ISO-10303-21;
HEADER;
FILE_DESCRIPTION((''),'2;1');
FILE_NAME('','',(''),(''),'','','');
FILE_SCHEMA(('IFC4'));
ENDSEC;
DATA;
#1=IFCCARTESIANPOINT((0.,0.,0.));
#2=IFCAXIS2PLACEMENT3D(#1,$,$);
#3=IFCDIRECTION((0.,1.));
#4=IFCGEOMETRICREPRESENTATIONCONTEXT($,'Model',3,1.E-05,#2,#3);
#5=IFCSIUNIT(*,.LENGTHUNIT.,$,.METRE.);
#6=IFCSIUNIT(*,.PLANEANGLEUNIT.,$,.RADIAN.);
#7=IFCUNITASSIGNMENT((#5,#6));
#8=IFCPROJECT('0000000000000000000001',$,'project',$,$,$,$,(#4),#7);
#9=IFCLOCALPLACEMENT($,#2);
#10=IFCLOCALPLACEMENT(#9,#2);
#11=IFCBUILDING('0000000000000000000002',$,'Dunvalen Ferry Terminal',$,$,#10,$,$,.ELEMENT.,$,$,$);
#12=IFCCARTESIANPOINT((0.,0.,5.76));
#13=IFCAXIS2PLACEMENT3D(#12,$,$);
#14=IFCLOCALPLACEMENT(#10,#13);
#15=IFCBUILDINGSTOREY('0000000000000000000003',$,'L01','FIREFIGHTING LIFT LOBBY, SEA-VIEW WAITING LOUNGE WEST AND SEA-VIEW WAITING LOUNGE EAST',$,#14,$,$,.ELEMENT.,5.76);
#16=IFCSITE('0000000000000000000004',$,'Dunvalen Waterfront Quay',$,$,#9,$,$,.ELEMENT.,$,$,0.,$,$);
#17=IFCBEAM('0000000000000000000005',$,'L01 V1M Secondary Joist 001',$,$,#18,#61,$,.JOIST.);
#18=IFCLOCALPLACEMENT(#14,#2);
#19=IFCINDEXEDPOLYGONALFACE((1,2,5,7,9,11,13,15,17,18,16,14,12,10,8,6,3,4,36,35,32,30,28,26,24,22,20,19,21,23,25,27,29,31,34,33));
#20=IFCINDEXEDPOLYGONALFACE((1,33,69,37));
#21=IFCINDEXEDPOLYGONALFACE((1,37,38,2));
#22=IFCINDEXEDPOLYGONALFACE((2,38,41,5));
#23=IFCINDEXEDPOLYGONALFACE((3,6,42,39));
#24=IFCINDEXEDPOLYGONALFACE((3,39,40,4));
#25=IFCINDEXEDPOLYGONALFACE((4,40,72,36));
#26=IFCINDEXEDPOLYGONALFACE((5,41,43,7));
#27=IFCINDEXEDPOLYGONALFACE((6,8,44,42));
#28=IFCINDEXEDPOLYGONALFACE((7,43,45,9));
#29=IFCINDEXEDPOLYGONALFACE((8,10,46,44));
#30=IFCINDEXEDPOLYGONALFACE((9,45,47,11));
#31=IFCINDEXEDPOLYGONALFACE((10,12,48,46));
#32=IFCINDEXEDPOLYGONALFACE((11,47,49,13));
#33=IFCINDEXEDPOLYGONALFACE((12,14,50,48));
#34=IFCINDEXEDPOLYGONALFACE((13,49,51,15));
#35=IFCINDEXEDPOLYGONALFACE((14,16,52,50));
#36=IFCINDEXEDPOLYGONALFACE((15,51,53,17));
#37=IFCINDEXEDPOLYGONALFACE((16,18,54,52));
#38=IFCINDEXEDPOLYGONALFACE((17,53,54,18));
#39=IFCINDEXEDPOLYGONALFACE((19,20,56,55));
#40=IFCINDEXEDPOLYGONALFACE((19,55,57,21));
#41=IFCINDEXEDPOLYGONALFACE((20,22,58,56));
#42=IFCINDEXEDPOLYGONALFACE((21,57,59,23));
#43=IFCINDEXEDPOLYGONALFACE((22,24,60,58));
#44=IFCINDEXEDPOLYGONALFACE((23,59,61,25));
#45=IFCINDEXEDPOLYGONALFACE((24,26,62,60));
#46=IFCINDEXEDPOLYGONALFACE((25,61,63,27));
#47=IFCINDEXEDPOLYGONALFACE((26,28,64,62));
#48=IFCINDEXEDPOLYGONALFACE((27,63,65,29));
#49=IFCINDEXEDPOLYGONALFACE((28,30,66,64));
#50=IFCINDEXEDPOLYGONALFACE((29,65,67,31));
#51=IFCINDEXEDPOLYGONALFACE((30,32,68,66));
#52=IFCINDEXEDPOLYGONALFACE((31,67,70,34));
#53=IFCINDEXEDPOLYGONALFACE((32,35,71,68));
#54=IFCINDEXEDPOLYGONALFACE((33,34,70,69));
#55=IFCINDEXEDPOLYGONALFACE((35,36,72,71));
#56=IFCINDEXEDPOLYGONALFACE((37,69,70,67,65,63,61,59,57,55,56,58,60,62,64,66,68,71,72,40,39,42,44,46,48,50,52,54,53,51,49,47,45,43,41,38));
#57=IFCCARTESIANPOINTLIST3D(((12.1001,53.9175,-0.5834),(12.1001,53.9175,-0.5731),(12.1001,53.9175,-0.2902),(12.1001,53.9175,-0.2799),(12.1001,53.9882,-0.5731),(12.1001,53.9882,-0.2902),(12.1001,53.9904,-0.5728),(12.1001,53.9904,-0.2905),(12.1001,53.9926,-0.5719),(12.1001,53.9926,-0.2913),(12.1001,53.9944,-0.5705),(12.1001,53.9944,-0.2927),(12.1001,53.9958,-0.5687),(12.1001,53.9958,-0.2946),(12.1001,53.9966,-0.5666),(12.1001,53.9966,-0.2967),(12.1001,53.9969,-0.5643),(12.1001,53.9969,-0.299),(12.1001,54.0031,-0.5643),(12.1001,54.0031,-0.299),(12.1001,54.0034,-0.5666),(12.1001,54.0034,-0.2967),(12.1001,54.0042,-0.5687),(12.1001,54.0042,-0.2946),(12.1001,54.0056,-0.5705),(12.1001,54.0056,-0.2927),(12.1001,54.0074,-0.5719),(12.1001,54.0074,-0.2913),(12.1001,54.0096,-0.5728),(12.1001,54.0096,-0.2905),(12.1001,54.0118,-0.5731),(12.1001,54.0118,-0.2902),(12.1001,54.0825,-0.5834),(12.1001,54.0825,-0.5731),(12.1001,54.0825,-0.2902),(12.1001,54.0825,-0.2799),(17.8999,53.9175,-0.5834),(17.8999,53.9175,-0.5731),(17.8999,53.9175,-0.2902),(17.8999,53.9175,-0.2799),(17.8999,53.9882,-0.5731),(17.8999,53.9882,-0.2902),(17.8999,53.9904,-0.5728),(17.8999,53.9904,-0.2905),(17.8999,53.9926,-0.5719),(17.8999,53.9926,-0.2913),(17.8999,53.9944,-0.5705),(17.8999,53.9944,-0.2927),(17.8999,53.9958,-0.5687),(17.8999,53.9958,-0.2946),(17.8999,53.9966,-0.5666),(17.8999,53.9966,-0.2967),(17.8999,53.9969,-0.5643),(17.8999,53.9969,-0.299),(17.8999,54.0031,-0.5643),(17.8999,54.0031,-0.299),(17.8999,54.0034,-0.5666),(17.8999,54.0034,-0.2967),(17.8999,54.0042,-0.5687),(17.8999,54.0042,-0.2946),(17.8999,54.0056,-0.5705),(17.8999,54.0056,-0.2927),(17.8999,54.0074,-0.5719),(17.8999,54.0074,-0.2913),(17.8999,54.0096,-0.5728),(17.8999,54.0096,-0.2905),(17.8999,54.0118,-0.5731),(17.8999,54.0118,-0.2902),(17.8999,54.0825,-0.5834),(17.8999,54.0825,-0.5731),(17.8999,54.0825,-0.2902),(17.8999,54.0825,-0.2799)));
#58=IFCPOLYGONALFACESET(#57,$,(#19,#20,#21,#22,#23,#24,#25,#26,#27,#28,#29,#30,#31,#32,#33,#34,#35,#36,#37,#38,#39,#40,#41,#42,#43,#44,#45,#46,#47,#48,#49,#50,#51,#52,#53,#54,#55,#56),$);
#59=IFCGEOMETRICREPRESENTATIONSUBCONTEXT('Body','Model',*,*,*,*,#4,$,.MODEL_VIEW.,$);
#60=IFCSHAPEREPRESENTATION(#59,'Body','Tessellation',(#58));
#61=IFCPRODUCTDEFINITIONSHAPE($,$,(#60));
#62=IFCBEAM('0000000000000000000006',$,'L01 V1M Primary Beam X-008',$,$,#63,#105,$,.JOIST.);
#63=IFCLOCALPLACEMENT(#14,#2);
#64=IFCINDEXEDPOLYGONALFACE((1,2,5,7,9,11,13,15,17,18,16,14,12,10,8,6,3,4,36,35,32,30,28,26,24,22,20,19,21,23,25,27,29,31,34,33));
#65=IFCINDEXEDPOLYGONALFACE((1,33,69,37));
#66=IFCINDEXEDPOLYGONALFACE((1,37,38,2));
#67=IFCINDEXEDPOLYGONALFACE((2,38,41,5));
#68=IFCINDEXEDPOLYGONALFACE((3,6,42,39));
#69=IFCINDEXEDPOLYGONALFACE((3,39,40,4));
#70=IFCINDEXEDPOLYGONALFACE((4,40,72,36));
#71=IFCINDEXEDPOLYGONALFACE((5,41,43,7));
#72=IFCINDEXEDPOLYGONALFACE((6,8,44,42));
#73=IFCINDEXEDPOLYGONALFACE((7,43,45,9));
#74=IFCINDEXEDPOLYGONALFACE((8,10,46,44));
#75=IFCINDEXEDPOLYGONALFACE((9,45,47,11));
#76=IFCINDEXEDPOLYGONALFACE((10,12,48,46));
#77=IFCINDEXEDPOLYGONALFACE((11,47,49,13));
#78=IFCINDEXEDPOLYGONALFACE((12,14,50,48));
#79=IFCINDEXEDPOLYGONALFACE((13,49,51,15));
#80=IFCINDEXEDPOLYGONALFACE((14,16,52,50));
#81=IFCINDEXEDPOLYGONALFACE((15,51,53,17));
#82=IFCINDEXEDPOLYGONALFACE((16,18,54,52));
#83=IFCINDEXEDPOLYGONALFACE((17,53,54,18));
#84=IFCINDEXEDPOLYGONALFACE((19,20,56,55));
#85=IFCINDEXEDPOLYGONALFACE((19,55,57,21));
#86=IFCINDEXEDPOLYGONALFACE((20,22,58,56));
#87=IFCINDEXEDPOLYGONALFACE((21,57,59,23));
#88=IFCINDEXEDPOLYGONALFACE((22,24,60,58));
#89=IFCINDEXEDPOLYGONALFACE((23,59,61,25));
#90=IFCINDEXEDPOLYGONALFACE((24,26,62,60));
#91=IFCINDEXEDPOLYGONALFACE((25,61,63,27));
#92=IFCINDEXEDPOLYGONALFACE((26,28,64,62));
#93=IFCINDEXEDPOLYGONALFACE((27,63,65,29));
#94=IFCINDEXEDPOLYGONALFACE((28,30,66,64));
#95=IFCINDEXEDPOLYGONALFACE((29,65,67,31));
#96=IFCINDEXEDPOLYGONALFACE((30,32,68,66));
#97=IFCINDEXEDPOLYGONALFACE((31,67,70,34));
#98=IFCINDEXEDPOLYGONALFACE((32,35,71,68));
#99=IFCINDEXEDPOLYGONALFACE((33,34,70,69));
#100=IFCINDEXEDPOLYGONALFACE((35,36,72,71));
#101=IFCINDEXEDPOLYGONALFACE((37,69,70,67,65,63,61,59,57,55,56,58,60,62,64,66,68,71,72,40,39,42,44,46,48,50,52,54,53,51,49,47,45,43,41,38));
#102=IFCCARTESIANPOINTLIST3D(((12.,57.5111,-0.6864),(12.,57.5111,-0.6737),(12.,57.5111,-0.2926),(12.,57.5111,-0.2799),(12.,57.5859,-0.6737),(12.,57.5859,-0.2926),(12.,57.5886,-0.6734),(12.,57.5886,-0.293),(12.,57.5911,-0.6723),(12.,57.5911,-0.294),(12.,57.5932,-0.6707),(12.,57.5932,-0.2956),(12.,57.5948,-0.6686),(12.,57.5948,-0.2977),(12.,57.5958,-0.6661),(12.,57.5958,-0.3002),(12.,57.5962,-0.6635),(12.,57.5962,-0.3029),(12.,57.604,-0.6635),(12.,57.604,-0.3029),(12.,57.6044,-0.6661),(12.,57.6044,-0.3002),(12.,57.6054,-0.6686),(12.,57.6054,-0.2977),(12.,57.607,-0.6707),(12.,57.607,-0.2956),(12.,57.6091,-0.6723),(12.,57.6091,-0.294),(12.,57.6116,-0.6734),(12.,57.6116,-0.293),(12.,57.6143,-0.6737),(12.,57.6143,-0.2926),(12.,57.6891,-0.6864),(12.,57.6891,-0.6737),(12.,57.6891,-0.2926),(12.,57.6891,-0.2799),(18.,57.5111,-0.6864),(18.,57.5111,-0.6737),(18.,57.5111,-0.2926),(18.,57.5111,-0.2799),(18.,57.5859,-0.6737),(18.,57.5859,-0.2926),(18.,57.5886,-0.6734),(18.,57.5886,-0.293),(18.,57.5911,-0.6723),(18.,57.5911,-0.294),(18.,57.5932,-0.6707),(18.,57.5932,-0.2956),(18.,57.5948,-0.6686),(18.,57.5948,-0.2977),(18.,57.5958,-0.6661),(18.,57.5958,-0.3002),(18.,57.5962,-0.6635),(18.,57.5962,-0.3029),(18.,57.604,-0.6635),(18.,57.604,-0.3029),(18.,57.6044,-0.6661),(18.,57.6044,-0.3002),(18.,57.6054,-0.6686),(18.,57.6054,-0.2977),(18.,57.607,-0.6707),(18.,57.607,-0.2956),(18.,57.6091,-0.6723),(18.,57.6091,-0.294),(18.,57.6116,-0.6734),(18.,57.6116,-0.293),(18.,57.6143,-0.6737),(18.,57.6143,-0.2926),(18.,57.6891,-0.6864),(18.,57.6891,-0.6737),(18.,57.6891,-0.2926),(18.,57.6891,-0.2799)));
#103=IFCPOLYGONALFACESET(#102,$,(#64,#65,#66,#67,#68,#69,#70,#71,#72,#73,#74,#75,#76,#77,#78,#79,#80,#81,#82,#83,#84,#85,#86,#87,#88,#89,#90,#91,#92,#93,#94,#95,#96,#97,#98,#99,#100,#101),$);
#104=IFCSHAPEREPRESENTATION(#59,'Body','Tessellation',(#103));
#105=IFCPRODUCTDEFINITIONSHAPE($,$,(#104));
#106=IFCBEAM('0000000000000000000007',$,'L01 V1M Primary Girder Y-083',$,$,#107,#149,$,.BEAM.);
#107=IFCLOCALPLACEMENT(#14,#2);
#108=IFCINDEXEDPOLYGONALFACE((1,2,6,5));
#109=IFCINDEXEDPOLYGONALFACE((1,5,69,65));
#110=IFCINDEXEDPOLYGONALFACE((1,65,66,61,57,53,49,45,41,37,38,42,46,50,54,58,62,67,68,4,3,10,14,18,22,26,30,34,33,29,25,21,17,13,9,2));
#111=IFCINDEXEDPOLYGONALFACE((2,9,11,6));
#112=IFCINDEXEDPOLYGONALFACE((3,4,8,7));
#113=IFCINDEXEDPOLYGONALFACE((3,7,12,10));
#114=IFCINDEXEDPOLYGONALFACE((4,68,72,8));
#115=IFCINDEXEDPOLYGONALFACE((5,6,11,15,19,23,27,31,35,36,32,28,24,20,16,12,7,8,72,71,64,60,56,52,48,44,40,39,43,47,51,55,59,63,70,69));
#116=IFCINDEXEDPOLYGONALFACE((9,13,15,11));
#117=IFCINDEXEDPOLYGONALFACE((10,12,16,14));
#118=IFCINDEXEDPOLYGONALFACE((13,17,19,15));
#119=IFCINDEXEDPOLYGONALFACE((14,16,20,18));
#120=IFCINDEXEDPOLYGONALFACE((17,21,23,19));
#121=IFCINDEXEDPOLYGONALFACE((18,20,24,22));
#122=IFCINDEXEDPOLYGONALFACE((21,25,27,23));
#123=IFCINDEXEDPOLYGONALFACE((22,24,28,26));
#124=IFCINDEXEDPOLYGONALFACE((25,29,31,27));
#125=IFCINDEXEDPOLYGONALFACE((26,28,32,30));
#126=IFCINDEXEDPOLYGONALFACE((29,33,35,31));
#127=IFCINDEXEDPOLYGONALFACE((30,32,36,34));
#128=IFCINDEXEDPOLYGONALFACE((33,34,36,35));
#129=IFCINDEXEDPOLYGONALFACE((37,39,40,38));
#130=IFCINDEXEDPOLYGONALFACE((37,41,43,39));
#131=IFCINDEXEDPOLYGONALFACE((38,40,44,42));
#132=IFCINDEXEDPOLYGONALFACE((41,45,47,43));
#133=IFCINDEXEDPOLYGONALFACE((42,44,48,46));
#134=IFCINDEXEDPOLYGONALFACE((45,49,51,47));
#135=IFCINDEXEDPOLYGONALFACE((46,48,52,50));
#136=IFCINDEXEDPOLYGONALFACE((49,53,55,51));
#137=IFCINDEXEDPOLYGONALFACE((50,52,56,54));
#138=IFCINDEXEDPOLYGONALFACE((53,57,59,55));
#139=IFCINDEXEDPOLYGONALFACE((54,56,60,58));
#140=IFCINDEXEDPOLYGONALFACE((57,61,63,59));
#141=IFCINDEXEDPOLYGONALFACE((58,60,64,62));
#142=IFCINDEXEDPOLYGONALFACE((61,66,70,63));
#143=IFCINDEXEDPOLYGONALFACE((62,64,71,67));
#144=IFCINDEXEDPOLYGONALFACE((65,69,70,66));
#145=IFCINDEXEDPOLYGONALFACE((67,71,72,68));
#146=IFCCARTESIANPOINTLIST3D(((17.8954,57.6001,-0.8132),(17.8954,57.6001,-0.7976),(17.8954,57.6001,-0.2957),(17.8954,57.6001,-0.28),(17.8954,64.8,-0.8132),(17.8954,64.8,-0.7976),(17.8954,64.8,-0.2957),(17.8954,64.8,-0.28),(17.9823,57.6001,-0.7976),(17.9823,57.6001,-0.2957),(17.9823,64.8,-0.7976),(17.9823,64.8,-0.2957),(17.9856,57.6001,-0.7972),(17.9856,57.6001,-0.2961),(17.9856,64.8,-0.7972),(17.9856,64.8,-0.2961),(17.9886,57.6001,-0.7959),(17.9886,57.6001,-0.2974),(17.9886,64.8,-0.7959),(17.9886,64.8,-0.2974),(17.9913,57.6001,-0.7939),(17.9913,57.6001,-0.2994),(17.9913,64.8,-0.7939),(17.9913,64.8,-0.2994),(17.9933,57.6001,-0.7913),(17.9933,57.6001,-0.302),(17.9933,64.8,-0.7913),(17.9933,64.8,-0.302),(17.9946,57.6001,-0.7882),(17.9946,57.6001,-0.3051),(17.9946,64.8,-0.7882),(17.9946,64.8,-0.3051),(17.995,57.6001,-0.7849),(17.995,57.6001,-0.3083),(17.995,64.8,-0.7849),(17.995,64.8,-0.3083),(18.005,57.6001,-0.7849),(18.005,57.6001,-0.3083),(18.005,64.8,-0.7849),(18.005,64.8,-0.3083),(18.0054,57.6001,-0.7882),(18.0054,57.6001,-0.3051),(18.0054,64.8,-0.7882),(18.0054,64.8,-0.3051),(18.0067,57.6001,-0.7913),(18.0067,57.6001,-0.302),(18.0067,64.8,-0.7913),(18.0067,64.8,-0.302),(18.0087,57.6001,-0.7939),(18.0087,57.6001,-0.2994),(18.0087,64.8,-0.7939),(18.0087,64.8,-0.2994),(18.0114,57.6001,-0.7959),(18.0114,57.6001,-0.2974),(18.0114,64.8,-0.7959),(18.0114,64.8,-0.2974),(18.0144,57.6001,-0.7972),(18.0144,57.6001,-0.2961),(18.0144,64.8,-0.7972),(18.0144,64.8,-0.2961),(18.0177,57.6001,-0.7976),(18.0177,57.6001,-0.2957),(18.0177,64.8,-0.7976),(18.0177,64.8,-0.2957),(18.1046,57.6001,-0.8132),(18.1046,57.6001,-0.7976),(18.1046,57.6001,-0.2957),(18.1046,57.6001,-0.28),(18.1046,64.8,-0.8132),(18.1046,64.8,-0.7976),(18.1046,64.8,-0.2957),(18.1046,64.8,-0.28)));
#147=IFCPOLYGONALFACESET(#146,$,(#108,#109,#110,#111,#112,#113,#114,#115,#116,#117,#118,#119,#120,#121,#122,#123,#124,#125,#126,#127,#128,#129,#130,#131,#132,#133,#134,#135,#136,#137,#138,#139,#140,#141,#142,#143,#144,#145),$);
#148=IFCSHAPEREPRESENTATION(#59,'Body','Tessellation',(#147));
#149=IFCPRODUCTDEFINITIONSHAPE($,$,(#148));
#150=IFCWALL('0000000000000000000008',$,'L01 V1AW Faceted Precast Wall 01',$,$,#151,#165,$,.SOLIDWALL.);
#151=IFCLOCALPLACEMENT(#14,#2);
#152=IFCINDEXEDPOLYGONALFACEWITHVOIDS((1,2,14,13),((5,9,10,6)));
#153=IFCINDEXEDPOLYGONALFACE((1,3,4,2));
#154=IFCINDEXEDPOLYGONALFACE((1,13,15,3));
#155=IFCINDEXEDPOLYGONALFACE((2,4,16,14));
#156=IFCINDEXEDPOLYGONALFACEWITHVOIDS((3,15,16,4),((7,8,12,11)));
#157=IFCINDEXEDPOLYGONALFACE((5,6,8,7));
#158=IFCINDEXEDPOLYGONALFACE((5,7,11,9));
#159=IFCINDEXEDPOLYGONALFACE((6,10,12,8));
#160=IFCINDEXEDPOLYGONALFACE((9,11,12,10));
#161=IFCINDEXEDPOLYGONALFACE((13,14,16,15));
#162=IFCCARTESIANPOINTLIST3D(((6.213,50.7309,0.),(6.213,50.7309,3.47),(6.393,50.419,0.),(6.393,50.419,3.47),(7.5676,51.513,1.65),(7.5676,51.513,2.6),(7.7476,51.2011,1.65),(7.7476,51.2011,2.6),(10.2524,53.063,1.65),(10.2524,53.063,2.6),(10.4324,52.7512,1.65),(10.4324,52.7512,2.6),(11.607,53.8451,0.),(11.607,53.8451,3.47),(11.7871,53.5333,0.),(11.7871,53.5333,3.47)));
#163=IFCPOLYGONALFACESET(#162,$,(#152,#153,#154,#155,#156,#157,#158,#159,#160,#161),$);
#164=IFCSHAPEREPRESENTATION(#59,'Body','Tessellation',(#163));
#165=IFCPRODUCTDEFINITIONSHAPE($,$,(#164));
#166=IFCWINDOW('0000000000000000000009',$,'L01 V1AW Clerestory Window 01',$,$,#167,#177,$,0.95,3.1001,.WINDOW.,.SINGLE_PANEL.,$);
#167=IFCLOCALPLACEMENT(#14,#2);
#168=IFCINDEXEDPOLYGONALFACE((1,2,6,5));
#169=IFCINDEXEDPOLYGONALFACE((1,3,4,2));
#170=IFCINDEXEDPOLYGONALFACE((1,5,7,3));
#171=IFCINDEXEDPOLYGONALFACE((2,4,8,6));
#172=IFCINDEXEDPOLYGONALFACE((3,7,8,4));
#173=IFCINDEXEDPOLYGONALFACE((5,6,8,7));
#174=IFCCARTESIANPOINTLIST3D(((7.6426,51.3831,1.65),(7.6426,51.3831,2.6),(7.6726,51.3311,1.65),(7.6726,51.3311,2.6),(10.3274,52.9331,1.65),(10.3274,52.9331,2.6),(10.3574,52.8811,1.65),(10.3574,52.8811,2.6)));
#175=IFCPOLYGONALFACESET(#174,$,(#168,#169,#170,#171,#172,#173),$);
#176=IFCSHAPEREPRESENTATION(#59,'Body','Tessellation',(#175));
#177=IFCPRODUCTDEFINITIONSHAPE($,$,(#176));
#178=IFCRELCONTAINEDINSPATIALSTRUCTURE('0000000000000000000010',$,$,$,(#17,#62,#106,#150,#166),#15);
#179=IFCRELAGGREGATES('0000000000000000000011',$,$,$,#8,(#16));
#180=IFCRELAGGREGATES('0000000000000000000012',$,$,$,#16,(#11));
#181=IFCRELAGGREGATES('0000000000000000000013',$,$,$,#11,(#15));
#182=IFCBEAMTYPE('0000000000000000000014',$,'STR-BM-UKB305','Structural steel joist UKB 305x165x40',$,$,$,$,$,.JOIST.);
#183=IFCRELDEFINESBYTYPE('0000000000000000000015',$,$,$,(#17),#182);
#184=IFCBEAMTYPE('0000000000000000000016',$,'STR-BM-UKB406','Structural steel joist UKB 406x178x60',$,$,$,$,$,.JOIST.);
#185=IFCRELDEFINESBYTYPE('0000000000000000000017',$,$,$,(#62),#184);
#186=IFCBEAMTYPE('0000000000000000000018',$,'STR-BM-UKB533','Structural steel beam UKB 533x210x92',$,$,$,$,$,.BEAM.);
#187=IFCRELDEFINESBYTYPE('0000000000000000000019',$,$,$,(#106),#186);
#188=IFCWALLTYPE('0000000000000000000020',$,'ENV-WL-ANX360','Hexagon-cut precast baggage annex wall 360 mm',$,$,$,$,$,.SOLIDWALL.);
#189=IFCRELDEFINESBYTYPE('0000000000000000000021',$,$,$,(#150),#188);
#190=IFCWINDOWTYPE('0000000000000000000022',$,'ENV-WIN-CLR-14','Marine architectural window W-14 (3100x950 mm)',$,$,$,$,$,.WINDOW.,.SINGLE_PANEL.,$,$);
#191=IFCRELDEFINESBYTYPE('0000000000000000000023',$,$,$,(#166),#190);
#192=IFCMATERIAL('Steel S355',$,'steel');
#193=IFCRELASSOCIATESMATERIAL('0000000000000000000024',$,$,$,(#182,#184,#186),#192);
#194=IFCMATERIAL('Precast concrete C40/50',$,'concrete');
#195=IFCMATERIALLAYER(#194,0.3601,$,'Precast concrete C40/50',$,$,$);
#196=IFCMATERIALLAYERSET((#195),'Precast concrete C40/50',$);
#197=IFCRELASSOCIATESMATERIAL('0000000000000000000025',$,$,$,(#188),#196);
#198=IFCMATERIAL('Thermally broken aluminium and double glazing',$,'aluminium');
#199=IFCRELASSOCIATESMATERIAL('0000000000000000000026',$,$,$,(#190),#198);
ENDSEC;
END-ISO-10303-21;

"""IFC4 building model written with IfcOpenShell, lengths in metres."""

from ifc_helpers import new_model, si_unit, direction, frame, frame_2d, origin, origin_2d, place, context, subcontext, project, spatial, rectangle, i_section, extrude, material, layer, layer_set, material_profile, profile_set, type_object, element, fill, save


model = new_model("IFC4")

# Units and contexts
model_context = context("Model", 3, precision=1e-05, world=origin(), true_north=direction((0.0, 1.0)))
body_context = subcontext(model_context, "Body", "Model", "MODEL_VIEW")
ifc_project = project(units=[si_unit("LENGTHUNIT", "METRE"), si_unit("PLANEANGLEUNIT", "RADIAN")], contexts=[model_context])

# Site, building, storey
site_placement = place(None, origin())
site = spatial("IfcSite", under=ifc_project, at=site_placement, Name="Dunvalen Waterfront Quay", CompositionType="ELEMENT", RefElevation=0.0)
building_placement = place(site_placement, origin())
building = spatial("IfcBuilding", under=site, at=building_placement, Name="Dunvalen Ferry Terminal", CompositionType="ELEMENT")
storey_placement = place(building_placement, frame((0.0, 0.0, 5.76)))
storey = spatial("IfcBuildingStorey", under=building, at=storey_placement, Name="L01", Description="FIREFIGHTING LIFT LOBBY, SEA-VIEW WAITING LOUNGE WEST AND SEA-VIEW WAITING LOUNGE EAST", CompositionType="ELEMENT", Elevation=5.76)

# Beams
ifc_material_1 = material(Name="Steel S355", Category="steel")
ifc_material_profile_1 = material_profile(ifc_material_1, i_section(OverallWidth=0.165, OverallDepth=0.3035, WebThickness=0.0061, FlangeThickness=0.0103, FilletRadius=0.0088, at=origin_2d()), Name="Steel S355")
ifc_profile_set_1 = profile_set([ifc_material_profile_1], Name="Steel S355")
beam_type_1 = type_object("IfcBeamType", Name="STR-BM-UKB305", Description="Structural steel joist UKB 305x165x40", PredefinedType="JOIST", material=ifc_profile_set_1)
beam_1_placement = place(storey_placement, frame((12.1001, 54.0, -0.4316), z_axis=(1.0, 0.0, 0.0), x_axis=(0.0, 1.0, 0.0)))
element("IfcBeam", 1, at=beam_1_placement, inside=storey, type_object=beam_type_1, Name="L01 V1M Secondary Joist 001", PredefinedType="JOIST", context=body_context, shape_type="SweptSolid", body=[
    extrude(i_section(OverallWidth=0.165, OverallDepth=0.3035, WebThickness=0.0061, FlangeThickness=0.0103, FilletRadius=0.0088, at=origin_2d()), origin(), (0.0, 0.0, 1.0), 5.7998),
])
ifc_material_profile_2 = material_profile(ifc_material_1, i_section(OverallWidth=0.178, OverallDepth=0.4065, WebThickness=0.0078, FlangeThickness=0.0127, FilletRadius=0.0103, at=origin_2d()), Name="Steel S355")
ifc_profile_set_2 = profile_set([ifc_material_profile_2], Name="Steel S355")
beam_type_2 = type_object("IfcBeamType", Name="STR-BM-UKB406", Description="Structural steel joist UKB 406x178x60", PredefinedType="JOIST", material=ifc_profile_set_2)
beam_2_placement = place(storey_placement, frame((12.0, 57.6001, -0.4832), z_axis=(1.0, 0.0, 0.0), x_axis=(0.0, 1.0, 0.0)))
element("IfcBeam", 2, at=beam_2_placement, inside=storey, type_object=beam_type_2, Name="L01 V1M Primary Beam X-008", PredefinedType="JOIST", context=body_context, shape_type="SweptSolid", body=[
    extrude(i_section(OverallWidth=0.178, OverallDepth=0.4065, WebThickness=0.0078, FlangeThickness=0.0127, FilletRadius=0.0103, at=origin_2d()), origin(), (0.0, 0.0, 1.0), 6.0),
])
ifc_material_profile_3 = material_profile(ifc_material_1, i_section(OverallWidth=0.2092, OverallDepth=0.5332, WebThickness=0.01, FlangeThickness=0.0156, FilletRadius=0.0127, at=origin_2d()), Name="Steel S355")
ifc_profile_set_3 = profile_set([ifc_material_profile_3], Name="Steel S355")
beam_type_3 = type_object("IfcBeamType", Name="STR-BM-UKB533", Description="Structural steel beam UKB 533x210x92", PredefinedType="BEAM", material=ifc_profile_set_3)
beam_3_placement = place(storey_placement, frame((18.0, 57.6001, -0.5466), z_axis=(0.0, 1.0, 0.0), x_axis=(-1.0, 0.0, 0.0)))
element("IfcBeam", 3, at=beam_3_placement, inside=storey, type_object=beam_type_3, Name="L01 V1M Primary Girder Y-083", PredefinedType="BEAM", context=body_context, shape_type="SweptSolid", body=[
    extrude(i_section(OverallWidth=0.2092, OverallDepth=0.5332, WebThickness=0.01, FlangeThickness=0.0156, FilletRadius=0.0127, at=origin_2d()), origin(), (0.0, 0.0, 1.0), 7.2),
])

# Wall, opening, window
ifc_material_2 = material(Name="Precast concrete C40/50", Category="concrete")
ifc_layer_1 = layer(ifc_material_2, 0.3601, Name="Precast concrete C40/50")
ifc_layer_set_1 = layer_set([ifc_layer_1], Name="Precast concrete C40/50")
wall_type_1 = type_object("IfcWallType", Name="ENV-WL-ANX360", Description="Hexagon-cut precast baggage annex wall 360 mm", PredefinedType="SOLIDWALL", material=ifc_layer_set_1)
wall_1_placement = place(storey_placement, frame((6.303, 50.575, 0.0), z_axis=(0.0, 0.0, 1.0), x_axis=(0.866025, 0.500001, 0.0)))
wall_1 = element("IfcWall", 4, at=wall_1_placement, inside=storey, type_object=wall_type_1, Name="L01 V1AW Faceted Precast Wall 01", PredefinedType="SOLIDWALL", context=body_context, shape_type="SweptSolid", body=[
    extrude(rectangle(XDim=6.2285, YDim=0.3601, at=frame_2d((3.1143, 0.0))), origin(), (0.0, 0.0, 1.0), 3.47),
])
opening_1_placement = place(wall_1_placement, frame((1.5642, 0.0, 1.6499)))
opening_1 = element("IfcOpeningElement", 5, at=opening_1_placement, cuts=wall_1, PredefinedType="OPENING", context=body_context, shape_type="SweptSolid", body=[
    extrude(rectangle(XDim=3.1001, YDim=0.95, at=frame_2d((1.55, 0.4751))), frame((0.0, 0.1899, 0.0), z_axis=(0.0, -1.0, 0.0), x_axis=(1.0, 0.0, 0.0)), (0.0, 0.0, 1.0), 0.3801),
])
ifc_material_3 = material(Name="Thermally broken aluminium and double glazing", Category="aluminium")
window_type = type_object("IfcWindowType", Name="ENV-WIN-CLR-14", Description="Marine architectural window W-14 (3100x950 mm)", PartitioningType="SINGLE_PANEL", PredefinedType="WINDOW", material=ifc_material_3)
window_1_placement = place(opening_1_placement, origin())
window_1 = element("IfcWindow", 6, at=window_1_placement, inside=storey, type_object=window_type, Name="L01 V1AW Clerestory Window 01", OverallHeight=0.95, OverallWidth=3.1001, PartitioningType="SINGLE_PANEL", PredefinedType="WINDOW", context=body_context, shape_type="SweptSolid", body=[
    extrude(rectangle(XDim=3.1001, YDim=0.95, at=frame_2d((1.55, 0.4751))), frame((0.0, 0.03, 0.0), z_axis=(0.0, -1.0, 0.0), x_axis=(1.0, 0.0, 0.0)), (0.0, 0.0, 1.0), 0.0601),
])
fill(opening_1, window_1)

save(model, "model.ifc")
